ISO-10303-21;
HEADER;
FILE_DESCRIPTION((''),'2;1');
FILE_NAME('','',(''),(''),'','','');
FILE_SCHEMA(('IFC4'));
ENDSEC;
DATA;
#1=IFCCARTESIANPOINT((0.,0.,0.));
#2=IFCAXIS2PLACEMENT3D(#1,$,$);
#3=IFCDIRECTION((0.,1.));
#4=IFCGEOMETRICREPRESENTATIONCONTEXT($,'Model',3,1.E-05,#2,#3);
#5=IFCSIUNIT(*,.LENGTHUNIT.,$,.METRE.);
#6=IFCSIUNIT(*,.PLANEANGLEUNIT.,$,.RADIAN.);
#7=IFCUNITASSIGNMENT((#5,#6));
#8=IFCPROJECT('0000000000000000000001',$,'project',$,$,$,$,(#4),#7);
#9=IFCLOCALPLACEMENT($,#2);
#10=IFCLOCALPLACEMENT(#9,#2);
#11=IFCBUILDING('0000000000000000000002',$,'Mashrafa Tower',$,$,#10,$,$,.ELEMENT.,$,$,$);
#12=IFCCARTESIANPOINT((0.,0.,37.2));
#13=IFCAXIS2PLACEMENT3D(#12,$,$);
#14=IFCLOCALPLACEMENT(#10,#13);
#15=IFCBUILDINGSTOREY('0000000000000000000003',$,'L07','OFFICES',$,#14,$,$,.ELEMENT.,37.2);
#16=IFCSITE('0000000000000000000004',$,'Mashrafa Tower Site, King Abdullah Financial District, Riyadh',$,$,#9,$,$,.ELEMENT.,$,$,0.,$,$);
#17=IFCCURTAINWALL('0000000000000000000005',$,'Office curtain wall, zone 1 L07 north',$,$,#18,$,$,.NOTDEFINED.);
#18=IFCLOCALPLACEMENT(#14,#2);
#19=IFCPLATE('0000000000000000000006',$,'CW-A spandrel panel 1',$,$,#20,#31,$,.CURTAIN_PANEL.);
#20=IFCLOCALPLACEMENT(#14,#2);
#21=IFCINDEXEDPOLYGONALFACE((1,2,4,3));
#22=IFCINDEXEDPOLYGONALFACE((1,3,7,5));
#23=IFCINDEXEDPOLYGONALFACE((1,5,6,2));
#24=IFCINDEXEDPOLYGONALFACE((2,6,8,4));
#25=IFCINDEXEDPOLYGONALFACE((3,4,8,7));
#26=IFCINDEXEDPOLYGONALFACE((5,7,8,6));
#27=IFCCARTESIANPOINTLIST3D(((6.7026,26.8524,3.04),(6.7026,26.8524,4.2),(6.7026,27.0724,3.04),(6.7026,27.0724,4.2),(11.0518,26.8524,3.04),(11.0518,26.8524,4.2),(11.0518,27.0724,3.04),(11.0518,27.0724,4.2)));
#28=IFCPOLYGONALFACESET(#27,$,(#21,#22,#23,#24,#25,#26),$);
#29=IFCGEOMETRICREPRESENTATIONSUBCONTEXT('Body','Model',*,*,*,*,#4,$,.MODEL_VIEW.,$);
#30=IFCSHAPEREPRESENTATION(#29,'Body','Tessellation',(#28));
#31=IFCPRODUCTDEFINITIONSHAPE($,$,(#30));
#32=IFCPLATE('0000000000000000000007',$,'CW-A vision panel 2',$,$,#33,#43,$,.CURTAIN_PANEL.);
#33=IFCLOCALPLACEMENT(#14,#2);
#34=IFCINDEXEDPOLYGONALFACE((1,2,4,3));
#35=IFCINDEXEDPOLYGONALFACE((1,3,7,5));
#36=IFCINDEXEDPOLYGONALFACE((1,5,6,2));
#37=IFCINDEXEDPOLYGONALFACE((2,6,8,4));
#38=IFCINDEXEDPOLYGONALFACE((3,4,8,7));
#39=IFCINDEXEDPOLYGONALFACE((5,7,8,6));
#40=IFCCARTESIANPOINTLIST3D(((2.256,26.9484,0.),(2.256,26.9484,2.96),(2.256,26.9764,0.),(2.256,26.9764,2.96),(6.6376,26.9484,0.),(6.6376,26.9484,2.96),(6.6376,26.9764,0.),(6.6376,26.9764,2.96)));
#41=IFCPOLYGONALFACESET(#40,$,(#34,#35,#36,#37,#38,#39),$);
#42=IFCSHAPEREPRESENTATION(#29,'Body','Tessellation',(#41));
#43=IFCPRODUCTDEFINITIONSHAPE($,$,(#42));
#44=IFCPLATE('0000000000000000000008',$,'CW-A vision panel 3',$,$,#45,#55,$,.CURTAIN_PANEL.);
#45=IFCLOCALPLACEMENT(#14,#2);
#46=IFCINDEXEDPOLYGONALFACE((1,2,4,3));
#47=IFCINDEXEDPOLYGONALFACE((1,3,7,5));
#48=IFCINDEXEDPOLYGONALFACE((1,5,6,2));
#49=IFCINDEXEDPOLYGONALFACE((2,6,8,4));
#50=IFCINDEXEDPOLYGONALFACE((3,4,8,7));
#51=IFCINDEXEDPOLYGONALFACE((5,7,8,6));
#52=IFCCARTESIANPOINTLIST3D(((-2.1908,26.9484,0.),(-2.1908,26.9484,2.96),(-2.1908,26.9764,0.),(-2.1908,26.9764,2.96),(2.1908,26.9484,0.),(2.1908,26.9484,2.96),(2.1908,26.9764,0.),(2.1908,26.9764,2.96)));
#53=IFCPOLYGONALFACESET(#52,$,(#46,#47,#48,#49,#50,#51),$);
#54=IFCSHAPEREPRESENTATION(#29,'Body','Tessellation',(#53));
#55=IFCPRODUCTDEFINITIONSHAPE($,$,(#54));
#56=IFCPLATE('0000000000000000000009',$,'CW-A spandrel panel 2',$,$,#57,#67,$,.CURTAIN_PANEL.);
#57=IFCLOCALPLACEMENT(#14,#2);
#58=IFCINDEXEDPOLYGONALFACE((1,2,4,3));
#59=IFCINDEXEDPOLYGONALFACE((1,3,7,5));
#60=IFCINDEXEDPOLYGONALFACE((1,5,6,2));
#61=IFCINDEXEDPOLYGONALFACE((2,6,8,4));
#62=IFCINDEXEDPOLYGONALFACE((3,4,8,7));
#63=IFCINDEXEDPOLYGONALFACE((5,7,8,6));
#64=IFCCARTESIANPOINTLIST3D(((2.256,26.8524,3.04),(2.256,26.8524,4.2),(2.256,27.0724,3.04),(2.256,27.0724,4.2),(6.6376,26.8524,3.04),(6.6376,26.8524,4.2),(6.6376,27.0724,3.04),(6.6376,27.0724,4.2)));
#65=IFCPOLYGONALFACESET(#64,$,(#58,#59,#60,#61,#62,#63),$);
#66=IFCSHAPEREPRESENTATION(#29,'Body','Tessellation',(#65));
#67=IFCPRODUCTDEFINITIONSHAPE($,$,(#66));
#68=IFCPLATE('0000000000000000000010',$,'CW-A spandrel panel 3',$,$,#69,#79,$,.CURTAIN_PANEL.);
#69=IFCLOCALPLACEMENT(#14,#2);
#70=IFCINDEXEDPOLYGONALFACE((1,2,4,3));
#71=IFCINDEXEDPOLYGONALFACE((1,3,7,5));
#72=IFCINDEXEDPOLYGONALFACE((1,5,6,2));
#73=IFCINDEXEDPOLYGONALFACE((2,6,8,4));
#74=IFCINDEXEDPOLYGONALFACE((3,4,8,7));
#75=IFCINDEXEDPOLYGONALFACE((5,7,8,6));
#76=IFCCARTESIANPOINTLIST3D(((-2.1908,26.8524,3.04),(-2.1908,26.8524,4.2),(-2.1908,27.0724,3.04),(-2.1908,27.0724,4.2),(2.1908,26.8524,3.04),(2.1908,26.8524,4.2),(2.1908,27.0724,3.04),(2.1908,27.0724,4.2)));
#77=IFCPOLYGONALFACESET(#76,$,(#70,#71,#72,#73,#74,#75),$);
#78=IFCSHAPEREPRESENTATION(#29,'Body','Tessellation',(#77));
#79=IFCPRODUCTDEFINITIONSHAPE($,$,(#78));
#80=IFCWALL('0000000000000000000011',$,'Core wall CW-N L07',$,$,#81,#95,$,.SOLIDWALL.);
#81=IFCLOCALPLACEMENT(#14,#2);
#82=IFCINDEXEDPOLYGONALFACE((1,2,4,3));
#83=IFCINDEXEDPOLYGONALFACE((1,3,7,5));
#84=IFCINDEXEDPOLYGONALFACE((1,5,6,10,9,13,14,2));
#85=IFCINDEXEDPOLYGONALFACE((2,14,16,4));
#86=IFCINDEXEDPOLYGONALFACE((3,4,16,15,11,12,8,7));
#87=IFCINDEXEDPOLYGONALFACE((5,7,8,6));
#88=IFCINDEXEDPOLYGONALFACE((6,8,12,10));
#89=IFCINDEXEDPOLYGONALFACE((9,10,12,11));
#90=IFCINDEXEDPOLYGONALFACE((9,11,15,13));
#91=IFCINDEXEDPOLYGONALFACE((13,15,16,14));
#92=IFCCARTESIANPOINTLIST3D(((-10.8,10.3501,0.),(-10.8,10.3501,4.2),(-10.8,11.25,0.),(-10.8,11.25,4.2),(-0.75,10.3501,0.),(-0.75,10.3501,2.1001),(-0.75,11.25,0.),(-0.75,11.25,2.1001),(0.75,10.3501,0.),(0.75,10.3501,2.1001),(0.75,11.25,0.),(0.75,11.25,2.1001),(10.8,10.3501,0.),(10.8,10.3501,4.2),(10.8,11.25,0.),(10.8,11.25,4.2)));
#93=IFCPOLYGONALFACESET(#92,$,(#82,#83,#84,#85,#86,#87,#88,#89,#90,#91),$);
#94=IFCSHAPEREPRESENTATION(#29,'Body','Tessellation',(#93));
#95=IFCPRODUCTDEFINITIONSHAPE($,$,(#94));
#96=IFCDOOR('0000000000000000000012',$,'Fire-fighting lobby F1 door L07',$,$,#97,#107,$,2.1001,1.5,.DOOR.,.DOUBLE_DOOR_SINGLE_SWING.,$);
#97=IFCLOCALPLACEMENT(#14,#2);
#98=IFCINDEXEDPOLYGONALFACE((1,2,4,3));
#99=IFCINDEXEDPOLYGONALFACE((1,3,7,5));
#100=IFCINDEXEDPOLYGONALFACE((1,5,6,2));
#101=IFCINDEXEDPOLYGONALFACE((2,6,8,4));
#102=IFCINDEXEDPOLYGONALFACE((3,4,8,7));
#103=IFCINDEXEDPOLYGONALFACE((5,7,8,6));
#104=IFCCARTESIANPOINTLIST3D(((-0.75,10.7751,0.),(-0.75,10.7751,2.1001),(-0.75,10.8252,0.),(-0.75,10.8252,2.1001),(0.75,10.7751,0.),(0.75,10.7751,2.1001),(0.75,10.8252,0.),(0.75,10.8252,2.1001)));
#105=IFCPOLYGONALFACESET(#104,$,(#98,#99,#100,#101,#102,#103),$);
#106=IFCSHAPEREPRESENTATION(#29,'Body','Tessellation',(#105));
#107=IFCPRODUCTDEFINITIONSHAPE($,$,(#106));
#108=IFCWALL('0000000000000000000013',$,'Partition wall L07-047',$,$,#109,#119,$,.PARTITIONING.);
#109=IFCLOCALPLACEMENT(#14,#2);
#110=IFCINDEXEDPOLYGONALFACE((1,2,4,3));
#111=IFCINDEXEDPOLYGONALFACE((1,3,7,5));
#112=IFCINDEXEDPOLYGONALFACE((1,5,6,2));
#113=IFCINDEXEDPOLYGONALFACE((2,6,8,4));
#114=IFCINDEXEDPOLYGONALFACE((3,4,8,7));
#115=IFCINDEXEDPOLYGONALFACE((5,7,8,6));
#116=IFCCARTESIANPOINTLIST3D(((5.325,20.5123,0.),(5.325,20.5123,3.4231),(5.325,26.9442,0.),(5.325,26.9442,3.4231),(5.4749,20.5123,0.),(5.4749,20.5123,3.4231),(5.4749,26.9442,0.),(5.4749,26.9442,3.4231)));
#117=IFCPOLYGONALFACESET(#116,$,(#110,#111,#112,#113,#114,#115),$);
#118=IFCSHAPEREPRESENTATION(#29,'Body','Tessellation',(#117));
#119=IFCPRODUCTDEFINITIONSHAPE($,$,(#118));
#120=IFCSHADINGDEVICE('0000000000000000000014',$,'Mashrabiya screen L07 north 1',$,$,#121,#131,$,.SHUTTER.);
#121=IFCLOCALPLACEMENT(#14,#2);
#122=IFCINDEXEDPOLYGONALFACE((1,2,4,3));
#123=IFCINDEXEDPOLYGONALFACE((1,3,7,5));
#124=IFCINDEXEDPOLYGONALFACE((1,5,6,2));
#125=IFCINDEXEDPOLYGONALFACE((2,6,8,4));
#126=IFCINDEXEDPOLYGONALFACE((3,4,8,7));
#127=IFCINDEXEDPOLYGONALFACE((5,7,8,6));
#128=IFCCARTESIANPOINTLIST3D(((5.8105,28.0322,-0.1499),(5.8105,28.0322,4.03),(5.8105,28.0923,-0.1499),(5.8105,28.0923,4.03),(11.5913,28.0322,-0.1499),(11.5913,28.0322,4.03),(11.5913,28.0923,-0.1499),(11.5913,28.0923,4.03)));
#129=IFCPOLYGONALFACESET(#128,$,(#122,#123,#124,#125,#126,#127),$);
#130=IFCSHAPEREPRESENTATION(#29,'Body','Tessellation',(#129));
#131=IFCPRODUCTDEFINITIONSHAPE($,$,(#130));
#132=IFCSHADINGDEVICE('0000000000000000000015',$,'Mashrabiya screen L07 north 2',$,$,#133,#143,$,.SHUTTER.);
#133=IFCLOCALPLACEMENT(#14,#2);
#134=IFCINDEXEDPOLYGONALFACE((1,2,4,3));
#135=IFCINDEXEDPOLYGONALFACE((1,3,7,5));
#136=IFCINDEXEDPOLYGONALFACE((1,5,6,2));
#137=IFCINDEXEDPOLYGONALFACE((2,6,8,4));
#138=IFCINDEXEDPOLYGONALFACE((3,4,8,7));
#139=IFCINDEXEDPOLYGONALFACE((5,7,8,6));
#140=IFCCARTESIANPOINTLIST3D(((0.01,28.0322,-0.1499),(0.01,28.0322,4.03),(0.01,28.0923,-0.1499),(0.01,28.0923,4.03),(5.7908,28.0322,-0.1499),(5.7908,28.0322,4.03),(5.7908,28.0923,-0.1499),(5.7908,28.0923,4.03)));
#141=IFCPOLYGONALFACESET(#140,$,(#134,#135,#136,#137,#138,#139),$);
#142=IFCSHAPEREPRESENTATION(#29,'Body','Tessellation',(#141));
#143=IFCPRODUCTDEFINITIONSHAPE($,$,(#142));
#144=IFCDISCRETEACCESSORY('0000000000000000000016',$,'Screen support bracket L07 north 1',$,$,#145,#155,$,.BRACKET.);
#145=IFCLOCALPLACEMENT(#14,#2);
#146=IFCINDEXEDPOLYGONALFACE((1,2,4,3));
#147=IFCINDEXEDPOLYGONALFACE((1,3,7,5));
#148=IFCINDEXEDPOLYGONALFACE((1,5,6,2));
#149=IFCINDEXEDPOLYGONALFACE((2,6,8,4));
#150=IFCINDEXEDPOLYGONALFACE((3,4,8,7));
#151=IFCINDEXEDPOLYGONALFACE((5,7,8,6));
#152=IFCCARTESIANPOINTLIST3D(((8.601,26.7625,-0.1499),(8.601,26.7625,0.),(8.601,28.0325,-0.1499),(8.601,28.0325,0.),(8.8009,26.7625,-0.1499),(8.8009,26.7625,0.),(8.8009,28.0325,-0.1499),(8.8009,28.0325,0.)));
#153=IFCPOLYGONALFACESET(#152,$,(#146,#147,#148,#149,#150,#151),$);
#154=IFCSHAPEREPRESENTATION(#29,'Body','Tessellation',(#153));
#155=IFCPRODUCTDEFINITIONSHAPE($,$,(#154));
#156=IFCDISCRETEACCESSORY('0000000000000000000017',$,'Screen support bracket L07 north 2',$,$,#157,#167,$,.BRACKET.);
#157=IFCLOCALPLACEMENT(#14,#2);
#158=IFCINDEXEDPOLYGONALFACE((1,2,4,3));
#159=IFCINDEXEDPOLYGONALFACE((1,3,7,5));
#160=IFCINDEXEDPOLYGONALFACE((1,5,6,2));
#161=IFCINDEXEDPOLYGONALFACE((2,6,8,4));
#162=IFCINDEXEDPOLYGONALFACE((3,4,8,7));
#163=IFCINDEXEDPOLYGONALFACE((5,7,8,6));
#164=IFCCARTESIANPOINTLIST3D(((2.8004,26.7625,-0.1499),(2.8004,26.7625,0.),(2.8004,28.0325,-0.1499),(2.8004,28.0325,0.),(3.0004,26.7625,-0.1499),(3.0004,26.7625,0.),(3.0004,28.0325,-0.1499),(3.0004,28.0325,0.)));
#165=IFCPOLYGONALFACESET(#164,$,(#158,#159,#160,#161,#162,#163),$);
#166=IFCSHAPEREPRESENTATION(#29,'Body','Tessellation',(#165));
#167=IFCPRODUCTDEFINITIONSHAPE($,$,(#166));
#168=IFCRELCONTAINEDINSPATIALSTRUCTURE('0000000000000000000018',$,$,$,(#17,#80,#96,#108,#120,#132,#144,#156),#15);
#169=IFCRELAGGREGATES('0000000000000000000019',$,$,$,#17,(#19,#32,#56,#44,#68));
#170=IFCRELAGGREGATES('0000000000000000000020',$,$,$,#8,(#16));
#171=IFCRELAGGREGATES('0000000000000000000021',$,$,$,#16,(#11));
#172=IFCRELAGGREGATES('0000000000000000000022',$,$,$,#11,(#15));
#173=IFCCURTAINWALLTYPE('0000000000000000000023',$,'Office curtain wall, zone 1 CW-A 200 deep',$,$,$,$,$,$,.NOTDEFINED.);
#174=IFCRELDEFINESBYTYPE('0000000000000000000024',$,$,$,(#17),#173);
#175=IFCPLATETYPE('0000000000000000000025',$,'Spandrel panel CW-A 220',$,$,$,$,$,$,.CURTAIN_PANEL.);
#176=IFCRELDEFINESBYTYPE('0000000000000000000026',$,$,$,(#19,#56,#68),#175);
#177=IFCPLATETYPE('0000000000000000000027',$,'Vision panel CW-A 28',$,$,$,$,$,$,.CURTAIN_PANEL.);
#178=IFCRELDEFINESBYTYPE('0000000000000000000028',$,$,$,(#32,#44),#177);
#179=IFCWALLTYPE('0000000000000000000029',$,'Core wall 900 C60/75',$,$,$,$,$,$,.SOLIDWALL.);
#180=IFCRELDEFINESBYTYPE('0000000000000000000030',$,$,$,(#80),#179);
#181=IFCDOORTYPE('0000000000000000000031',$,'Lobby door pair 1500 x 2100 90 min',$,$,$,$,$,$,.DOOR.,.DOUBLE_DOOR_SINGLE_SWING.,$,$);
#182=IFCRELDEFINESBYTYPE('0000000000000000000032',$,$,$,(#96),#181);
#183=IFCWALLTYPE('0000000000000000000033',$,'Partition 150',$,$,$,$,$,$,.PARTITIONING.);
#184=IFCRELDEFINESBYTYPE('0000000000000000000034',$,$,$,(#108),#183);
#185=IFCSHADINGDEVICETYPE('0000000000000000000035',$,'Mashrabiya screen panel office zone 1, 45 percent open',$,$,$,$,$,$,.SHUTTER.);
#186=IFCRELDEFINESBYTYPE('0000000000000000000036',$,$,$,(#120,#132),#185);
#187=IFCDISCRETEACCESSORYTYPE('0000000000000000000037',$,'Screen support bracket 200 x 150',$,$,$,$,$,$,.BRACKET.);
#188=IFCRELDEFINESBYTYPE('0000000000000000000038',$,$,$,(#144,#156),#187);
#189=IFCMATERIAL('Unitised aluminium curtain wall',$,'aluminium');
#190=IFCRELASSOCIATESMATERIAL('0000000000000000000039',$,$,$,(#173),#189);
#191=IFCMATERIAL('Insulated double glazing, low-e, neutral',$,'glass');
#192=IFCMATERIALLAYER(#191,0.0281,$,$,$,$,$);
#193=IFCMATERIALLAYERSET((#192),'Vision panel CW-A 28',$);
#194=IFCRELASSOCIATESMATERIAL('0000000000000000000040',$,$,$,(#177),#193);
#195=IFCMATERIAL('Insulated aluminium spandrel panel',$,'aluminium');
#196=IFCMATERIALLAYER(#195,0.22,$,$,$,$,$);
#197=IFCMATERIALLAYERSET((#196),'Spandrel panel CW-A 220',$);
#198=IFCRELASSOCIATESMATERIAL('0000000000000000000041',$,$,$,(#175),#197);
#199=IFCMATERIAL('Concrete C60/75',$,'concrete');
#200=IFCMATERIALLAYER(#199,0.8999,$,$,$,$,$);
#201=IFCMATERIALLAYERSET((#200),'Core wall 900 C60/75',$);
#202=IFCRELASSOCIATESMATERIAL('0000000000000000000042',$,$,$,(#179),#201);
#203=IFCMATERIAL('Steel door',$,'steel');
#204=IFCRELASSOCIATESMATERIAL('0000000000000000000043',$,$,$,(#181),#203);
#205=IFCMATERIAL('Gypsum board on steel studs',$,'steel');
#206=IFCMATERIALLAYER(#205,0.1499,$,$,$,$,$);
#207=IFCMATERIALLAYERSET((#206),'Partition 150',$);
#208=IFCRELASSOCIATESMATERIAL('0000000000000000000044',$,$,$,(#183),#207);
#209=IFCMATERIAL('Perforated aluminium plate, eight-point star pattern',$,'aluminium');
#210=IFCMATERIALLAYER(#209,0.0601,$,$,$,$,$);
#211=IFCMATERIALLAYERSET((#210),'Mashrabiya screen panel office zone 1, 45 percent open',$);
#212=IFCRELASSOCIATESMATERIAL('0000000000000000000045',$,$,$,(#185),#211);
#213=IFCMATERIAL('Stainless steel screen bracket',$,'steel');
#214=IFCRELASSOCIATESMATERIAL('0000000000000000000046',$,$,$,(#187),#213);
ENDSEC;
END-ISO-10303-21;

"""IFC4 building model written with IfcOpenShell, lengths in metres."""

from ifc_helpers import new_model, si_unit, direction, frame, frame_2d, origin, origin_2d, place, context, subcontext, project, spatial, rectangle, extrude, source, transform, mapped, material, layer, layer_set, type_object, type_shapes, element, fill, aggregate, save


model = new_model("IFC4")

# Units and contexts
model_context = context("Model", 3, precision=1e-05, world=origin(), true_north=direction((0.0, 1.0)))
body_context = subcontext(model_context, "Body", "Model", "MODEL_VIEW")
ifc_project = project(units=[si_unit("LENGTHUNIT", "METRE"), si_unit("PLANEANGLEUNIT", "RADIAN")], contexts=[model_context])

# Site, building, storey
site_placement = place(None, origin())
site = spatial("IfcSite", under=ifc_project, at=site_placement, Name="Mashrafa Tower Site, King Abdullah Financial District, Riyadh", CompositionType="ELEMENT", RefElevation=0.0)
building_placement = place(site_placement, origin())
building = spatial("IfcBuilding", under=site, at=building_placement, Name="Mashrafa Tower", CompositionType="ELEMENT")
storey_placement = place(building_placement, frame((0.0, 0.0, 37.2)))
storey = spatial("IfcBuildingStorey", under=building, at=storey_placement, Name="L07", Description="OFFICES", CompositionType="ELEMENT", Elevation=37.2)

# Curtain wall, plates
ifc_material_1 = material(Name="Unitised aluminium curtain wall", Category="aluminium")
curtain_wall_type = type_object("IfcCurtainWallType", Name="Office curtain wall, zone 1 CW-A 200 deep", PredefinedType="NOTDEFINED", material=ifc_material_1)
curtain_wall_placement = place(storey_placement, origin())
curtain_wall = element("IfcCurtainWall", 1, at=curtain_wall_placement, inside=storey, type_object=curtain_wall_type, Name="Office curtain wall, zone 1 L07 north", PredefinedType="NOTDEFINED")
ifc_material_2 = material(Name="Insulated double glazing, low-e, neutral", Category="glass")
ifc_layer_1 = layer(ifc_material_2, 0.0281)
ifc_layer_set_1 = layer_set([ifc_layer_1], Name="Vision panel CW-A 28")
plate_type_1 = type_object("IfcPlateType", Name="Vision panel CW-A 28", PredefinedType="CURTAIN_PANEL", material=ifc_layer_set_1)
ifc_material_3 = material(Name="Insulated aluminium spandrel panel", Category="aluminium")
ifc_layer_2 = layer(ifc_material_3, 0.22)
ifc_layer_set_2 = layer_set([ifc_layer_2], Name="Spandrel panel CW-A 220")
plate_type_2 = type_object("IfcPlateType", Name="Spandrel panel CW-A 220", PredefinedType="CURTAIN_PANEL", material=ifc_layer_set_2)
shared_shape_1 = source(origin(), body_context, "Body", "SweptSolid", [
    extrude(rectangle(XDim=4.3491, YDim=0.22, at=origin_2d()), origin(), (0.0, 0.0, 1.0), 1.1599),
])
plate_1_placement = place(storey_placement, frame((8.8772, 26.9624, 3.04), z_axis=(0.0, 0.0, 1.0), x_axis=(-1.0, 0.0, 0.0)))
plate_1 = element("IfcPlate", 2, at=plate_1_placement, type_object=plate_type_2, Name="CW-A spandrel panel 1", PredefinedType="CURTAIN_PANEL", context=body_context, shape_type="MappedRepresentation", body=[
    mapped(shared_shape_1, transform((0.0, 0.0, 0.0))),
])
shared_shape_2 = source(origin(), body_context, "Body", "SweptSolid", [
    extrude(rectangle(XDim=4.3816, YDim=0.0281, at=origin_2d()), origin(), (0.0, 0.0, 1.0), 2.96),
])
plate_2_placement = place(storey_placement, frame((4.4468, 26.9624, 0.0), z_axis=(0.0, 0.0, 1.0), x_axis=(-1.0, 0.0, 0.0)))
plate_2 = element("IfcPlate", 3, at=plate_2_placement, type_object=plate_type_1, Name="CW-A vision panel 2", PredefinedType="CURTAIN_PANEL", context=body_context, shape_type="MappedRepresentation", body=[
    mapped(shared_shape_2, transform((0.0, 0.0, 0.0))),
])
plate_3_placement = place(storey_placement, frame((0.0, 26.9624, 0.0), z_axis=(0.0, 0.0, 1.0), x_axis=(-1.0, 0.0, 0.0)))
plate_3 = element("IfcPlate", 4, at=plate_3_placement, type_object=plate_type_1, Name="CW-A vision panel 3", PredefinedType="CURTAIN_PANEL", context=body_context, shape_type="MappedRepresentation", body=[
    mapped(shared_shape_2, transform((0.0, 0.0, 0.0))),
])
shared_shape_3 = source(origin(), body_context, "Body", "SweptSolid", [
    extrude(rectangle(XDim=4.3816, YDim=0.22, at=origin_2d()), origin(), (0.0, 0.0, 1.0), 1.1599),
])
type_shapes(plate_type_2, [shared_shape_1, shared_shape_3])
plate_4_placement = place(storey_placement, frame((4.4468, 26.9624, 3.04), z_axis=(0.0, 0.0, 1.0), x_axis=(-1.0, 0.0, 0.0)))
plate_4 = element("IfcPlate", 5, at=plate_4_placement, type_object=plate_type_2, Name="CW-A spandrel panel 2", PredefinedType="CURTAIN_PANEL", context=body_context, shape_type="MappedRepresentation", body=[
    mapped(shared_shape_3, transform((0.0, 0.0, 0.0))),
])
plate_5_placement = place(storey_placement, frame((0.0, 26.9624, 3.04), z_axis=(0.0, 0.0, 1.0), x_axis=(-1.0, 0.0, 0.0)))
plate_5 = element("IfcPlate", 6, at=plate_5_placement, type_object=plate_type_2, Name="CW-A spandrel panel 3", PredefinedType="CURTAIN_PANEL", context=body_context, shape_type="MappedRepresentation", body=[
    mapped(shared_shape_3, transform((0.0, 0.0, 0.0))),
])
aggregate(curtain_wall, [plate_1, plate_2, plate_4, plate_3, plate_5])

# Wall, opening, door
ifc_material_4 = material(Name="Concrete C60/75", Category="concrete")
ifc_layer_3 = layer(ifc_material_4, 0.8999)
ifc_layer_set_3 = layer_set([ifc_layer_3], Name="Core wall 900 C60/75")
wall_type_1 = type_object("IfcWallType", Name="Core wall 900 C60/75", PredefinedType="SOLIDWALL", material=ifc_layer_set_3)
wall_1_placement = place(storey_placement, frame((10.8, 10.8, 0.0), z_axis=(0.0, 0.0, 1.0), x_axis=(-1.0, 0.0, 0.0)))
wall_1 = element("IfcWall", 7, at=wall_1_placement, inside=storey, type_object=wall_type_1, Name="Core wall CW-N L07", PredefinedType="SOLIDWALL", context=body_context, shape_type="SweptSolid", body=[
    extrude(rectangle(XDim=21.6001, YDim=0.8999, at=frame_2d((10.8, 0.0))), origin(), (0.0, 0.0, 1.0), 4.2),
])
opening_placement = place(wall_1_placement, frame((10.05, 0.0, 0.0)))
opening = element("IfcOpeningElement", 8, at=opening_placement, cuts=wall_1, PredefinedType="OPENING", context=body_context, shape_type="SweptSolid", body=[
    extrude(rectangle(XDim=1.5, YDim=2.1001, at=frame_2d((0.75, 1.05))), frame((0.0, 0.46, 0.0), z_axis=(0.0, -1.0, 0.0), x_axis=(1.0, 0.0, 0.0)), (0.0, 0.0, 1.0), 0.9199),
])
ifc_material_5 = material(Name="Steel door", Category="steel")
door_type = type_object("IfcDoorType", Name="Lobby door pair 1500 x 2100 90 min", OperationType="DOUBLE_DOOR_SINGLE_SWING", PredefinedType="DOOR", material=ifc_material_5)
door_placement = place(opening_placement, origin())
door = element("IfcDoor", 9, at=door_placement, inside=storey, type_object=door_type, Name="Fire-fighting lobby F1 door L07", OperationType="DOUBLE_DOOR_SINGLE_SWING", OverallHeight=2.1001, OverallWidth=1.5, PredefinedType="DOOR", context=body_context, shape_type="SweptSolid", body=[
    extrude(rectangle(XDim=1.5, YDim=2.1001, at=frame_2d((0.75, 1.05))), frame((0.0, 0.0249, 0.0), z_axis=(0.0, -1.0, 0.0), x_axis=(1.0, 0.0, 0.0)), (0.0, 0.0, 1.0), 0.05),
])
fill(opening, door)

# Wall
ifc_material_6 = material(Name="Gypsum board on steel studs", Category="steel")
ifc_layer_4 = layer(ifc_material_6, 0.1499)
ifc_layer_set_4 = layer_set([ifc_layer_4], Name="Partition 150")
wall_type_2 = type_object("IfcWallType", Name="Partition 150", PredefinedType="PARTITIONING", material=ifc_layer_set_4)
wall_2_placement = place(storey_placement, frame((5.3999, 20.5125, 0.0), z_axis=(0.0, 0.0, 1.0), x_axis=(0.0, 1.0, 0.0)))
element("IfcWall", 10, at=wall_2_placement, inside=storey, type_object=wall_type_2, Name="Partition wall L07-047", PredefinedType="PARTITIONING", context=body_context, shape_type="SweptSolid", body=[
    extrude(rectangle(XDim=6.4319, YDim=0.1499, at=frame_2d((3.2158, 0.0))), origin(), (0.0, 0.0, 1.0), 3.4231),
])

# Shading devices
ifc_material_7 = material(Name="Perforated aluminium plate, eight-point star pattern", Category="aluminium")
ifc_layer_5 = layer(ifc_material_7, 0.0601)
ifc_layer_set_5 = layer_set([ifc_layer_5], Name="Mashrabiya screen panel office zone 1, 45 percent open")
shading_device_type = type_object("IfcShadingDeviceType", Name="Mashrabiya screen panel office zone 1, 45 percent open", PredefinedType="SHUTTER", material=ifc_layer_set_5)
shared_shape_4 = source(origin(), body_context, "Body", "SweptSolid", [
    extrude(rectangle(XDim=5.7808, YDim=0.0601, at=origin_2d()), origin(), (0.0, 0.0, 1.0), 4.1799),
])
type_shapes(shading_device_type, [shared_shape_4])
for number, where, z_axis, x_axis, name in (
    (11, (8.7009, 28.0623, -0.1499), (0.0, 0.0, 1.0), (-1.0, 0.0, 0.0), "Mashrabiya screen L07 north 1"),
    (12, (2.9004, 28.0623, -0.1499), (0.0, 0.0, 1.0), (-1.0, 0.0, 0.0), "Mashrabiya screen L07 north 2"),
):
    element("IfcShadingDevice", number, at=place(storey_placement, frame(where, z_axis=z_axis, x_axis=x_axis)), inside=storey, type_object=shading_device_type, Name=name, PredefinedType="SHUTTER", context=body_context, shape_type="MappedRepresentation", body=[
        mapped(shared_shape_4, transform((0.0, 0.0, 0.0))),
    ])

# Discrete accessories
ifc_material_8 = material(Name="Stainless steel screen bracket", Category="steel")
discrete_accessory_type = type_object("IfcDiscreteAccessoryType", Name="Screen support bracket 200 x 150", PredefinedType="BRACKET", material=ifc_material_8)
shared_shape_5 = source(origin(), body_context, "Body", "SweptSolid", [
    extrude(rectangle(XDim=0.2, YDim=1.27, at=origin_2d()), origin(), (0.0, 0.0, 1.0), 0.1499),
])
type_shapes(discrete_accessory_type, [shared_shape_5])
for number, where, z_axis, x_axis, name in (
    (13, (8.7009, 27.3975, -0.1499), (0.0, 0.0, 1.0), (-1.0, 0.0, 0.0), "Screen support bracket L07 north 1"),
    (14, (2.9004, 27.3975, -0.1499), (0.0, 0.0, 1.0), (-1.0, 0.0, 0.0), "Screen support bracket L07 north 2"),
):
    element("IfcDiscreteAccessory", number, at=place(storey_placement, frame(where, z_axis=z_axis, x_axis=x_axis)), inside=storey, type_object=discrete_accessory_type, Name=name, PredefinedType="BRACKET", context=body_context, shape_type="MappedRepresentation", body=[
        mapped(shared_shape_5, transform((0.0, 0.0, 0.0))),
    ])

save(model, "model.ifc")
